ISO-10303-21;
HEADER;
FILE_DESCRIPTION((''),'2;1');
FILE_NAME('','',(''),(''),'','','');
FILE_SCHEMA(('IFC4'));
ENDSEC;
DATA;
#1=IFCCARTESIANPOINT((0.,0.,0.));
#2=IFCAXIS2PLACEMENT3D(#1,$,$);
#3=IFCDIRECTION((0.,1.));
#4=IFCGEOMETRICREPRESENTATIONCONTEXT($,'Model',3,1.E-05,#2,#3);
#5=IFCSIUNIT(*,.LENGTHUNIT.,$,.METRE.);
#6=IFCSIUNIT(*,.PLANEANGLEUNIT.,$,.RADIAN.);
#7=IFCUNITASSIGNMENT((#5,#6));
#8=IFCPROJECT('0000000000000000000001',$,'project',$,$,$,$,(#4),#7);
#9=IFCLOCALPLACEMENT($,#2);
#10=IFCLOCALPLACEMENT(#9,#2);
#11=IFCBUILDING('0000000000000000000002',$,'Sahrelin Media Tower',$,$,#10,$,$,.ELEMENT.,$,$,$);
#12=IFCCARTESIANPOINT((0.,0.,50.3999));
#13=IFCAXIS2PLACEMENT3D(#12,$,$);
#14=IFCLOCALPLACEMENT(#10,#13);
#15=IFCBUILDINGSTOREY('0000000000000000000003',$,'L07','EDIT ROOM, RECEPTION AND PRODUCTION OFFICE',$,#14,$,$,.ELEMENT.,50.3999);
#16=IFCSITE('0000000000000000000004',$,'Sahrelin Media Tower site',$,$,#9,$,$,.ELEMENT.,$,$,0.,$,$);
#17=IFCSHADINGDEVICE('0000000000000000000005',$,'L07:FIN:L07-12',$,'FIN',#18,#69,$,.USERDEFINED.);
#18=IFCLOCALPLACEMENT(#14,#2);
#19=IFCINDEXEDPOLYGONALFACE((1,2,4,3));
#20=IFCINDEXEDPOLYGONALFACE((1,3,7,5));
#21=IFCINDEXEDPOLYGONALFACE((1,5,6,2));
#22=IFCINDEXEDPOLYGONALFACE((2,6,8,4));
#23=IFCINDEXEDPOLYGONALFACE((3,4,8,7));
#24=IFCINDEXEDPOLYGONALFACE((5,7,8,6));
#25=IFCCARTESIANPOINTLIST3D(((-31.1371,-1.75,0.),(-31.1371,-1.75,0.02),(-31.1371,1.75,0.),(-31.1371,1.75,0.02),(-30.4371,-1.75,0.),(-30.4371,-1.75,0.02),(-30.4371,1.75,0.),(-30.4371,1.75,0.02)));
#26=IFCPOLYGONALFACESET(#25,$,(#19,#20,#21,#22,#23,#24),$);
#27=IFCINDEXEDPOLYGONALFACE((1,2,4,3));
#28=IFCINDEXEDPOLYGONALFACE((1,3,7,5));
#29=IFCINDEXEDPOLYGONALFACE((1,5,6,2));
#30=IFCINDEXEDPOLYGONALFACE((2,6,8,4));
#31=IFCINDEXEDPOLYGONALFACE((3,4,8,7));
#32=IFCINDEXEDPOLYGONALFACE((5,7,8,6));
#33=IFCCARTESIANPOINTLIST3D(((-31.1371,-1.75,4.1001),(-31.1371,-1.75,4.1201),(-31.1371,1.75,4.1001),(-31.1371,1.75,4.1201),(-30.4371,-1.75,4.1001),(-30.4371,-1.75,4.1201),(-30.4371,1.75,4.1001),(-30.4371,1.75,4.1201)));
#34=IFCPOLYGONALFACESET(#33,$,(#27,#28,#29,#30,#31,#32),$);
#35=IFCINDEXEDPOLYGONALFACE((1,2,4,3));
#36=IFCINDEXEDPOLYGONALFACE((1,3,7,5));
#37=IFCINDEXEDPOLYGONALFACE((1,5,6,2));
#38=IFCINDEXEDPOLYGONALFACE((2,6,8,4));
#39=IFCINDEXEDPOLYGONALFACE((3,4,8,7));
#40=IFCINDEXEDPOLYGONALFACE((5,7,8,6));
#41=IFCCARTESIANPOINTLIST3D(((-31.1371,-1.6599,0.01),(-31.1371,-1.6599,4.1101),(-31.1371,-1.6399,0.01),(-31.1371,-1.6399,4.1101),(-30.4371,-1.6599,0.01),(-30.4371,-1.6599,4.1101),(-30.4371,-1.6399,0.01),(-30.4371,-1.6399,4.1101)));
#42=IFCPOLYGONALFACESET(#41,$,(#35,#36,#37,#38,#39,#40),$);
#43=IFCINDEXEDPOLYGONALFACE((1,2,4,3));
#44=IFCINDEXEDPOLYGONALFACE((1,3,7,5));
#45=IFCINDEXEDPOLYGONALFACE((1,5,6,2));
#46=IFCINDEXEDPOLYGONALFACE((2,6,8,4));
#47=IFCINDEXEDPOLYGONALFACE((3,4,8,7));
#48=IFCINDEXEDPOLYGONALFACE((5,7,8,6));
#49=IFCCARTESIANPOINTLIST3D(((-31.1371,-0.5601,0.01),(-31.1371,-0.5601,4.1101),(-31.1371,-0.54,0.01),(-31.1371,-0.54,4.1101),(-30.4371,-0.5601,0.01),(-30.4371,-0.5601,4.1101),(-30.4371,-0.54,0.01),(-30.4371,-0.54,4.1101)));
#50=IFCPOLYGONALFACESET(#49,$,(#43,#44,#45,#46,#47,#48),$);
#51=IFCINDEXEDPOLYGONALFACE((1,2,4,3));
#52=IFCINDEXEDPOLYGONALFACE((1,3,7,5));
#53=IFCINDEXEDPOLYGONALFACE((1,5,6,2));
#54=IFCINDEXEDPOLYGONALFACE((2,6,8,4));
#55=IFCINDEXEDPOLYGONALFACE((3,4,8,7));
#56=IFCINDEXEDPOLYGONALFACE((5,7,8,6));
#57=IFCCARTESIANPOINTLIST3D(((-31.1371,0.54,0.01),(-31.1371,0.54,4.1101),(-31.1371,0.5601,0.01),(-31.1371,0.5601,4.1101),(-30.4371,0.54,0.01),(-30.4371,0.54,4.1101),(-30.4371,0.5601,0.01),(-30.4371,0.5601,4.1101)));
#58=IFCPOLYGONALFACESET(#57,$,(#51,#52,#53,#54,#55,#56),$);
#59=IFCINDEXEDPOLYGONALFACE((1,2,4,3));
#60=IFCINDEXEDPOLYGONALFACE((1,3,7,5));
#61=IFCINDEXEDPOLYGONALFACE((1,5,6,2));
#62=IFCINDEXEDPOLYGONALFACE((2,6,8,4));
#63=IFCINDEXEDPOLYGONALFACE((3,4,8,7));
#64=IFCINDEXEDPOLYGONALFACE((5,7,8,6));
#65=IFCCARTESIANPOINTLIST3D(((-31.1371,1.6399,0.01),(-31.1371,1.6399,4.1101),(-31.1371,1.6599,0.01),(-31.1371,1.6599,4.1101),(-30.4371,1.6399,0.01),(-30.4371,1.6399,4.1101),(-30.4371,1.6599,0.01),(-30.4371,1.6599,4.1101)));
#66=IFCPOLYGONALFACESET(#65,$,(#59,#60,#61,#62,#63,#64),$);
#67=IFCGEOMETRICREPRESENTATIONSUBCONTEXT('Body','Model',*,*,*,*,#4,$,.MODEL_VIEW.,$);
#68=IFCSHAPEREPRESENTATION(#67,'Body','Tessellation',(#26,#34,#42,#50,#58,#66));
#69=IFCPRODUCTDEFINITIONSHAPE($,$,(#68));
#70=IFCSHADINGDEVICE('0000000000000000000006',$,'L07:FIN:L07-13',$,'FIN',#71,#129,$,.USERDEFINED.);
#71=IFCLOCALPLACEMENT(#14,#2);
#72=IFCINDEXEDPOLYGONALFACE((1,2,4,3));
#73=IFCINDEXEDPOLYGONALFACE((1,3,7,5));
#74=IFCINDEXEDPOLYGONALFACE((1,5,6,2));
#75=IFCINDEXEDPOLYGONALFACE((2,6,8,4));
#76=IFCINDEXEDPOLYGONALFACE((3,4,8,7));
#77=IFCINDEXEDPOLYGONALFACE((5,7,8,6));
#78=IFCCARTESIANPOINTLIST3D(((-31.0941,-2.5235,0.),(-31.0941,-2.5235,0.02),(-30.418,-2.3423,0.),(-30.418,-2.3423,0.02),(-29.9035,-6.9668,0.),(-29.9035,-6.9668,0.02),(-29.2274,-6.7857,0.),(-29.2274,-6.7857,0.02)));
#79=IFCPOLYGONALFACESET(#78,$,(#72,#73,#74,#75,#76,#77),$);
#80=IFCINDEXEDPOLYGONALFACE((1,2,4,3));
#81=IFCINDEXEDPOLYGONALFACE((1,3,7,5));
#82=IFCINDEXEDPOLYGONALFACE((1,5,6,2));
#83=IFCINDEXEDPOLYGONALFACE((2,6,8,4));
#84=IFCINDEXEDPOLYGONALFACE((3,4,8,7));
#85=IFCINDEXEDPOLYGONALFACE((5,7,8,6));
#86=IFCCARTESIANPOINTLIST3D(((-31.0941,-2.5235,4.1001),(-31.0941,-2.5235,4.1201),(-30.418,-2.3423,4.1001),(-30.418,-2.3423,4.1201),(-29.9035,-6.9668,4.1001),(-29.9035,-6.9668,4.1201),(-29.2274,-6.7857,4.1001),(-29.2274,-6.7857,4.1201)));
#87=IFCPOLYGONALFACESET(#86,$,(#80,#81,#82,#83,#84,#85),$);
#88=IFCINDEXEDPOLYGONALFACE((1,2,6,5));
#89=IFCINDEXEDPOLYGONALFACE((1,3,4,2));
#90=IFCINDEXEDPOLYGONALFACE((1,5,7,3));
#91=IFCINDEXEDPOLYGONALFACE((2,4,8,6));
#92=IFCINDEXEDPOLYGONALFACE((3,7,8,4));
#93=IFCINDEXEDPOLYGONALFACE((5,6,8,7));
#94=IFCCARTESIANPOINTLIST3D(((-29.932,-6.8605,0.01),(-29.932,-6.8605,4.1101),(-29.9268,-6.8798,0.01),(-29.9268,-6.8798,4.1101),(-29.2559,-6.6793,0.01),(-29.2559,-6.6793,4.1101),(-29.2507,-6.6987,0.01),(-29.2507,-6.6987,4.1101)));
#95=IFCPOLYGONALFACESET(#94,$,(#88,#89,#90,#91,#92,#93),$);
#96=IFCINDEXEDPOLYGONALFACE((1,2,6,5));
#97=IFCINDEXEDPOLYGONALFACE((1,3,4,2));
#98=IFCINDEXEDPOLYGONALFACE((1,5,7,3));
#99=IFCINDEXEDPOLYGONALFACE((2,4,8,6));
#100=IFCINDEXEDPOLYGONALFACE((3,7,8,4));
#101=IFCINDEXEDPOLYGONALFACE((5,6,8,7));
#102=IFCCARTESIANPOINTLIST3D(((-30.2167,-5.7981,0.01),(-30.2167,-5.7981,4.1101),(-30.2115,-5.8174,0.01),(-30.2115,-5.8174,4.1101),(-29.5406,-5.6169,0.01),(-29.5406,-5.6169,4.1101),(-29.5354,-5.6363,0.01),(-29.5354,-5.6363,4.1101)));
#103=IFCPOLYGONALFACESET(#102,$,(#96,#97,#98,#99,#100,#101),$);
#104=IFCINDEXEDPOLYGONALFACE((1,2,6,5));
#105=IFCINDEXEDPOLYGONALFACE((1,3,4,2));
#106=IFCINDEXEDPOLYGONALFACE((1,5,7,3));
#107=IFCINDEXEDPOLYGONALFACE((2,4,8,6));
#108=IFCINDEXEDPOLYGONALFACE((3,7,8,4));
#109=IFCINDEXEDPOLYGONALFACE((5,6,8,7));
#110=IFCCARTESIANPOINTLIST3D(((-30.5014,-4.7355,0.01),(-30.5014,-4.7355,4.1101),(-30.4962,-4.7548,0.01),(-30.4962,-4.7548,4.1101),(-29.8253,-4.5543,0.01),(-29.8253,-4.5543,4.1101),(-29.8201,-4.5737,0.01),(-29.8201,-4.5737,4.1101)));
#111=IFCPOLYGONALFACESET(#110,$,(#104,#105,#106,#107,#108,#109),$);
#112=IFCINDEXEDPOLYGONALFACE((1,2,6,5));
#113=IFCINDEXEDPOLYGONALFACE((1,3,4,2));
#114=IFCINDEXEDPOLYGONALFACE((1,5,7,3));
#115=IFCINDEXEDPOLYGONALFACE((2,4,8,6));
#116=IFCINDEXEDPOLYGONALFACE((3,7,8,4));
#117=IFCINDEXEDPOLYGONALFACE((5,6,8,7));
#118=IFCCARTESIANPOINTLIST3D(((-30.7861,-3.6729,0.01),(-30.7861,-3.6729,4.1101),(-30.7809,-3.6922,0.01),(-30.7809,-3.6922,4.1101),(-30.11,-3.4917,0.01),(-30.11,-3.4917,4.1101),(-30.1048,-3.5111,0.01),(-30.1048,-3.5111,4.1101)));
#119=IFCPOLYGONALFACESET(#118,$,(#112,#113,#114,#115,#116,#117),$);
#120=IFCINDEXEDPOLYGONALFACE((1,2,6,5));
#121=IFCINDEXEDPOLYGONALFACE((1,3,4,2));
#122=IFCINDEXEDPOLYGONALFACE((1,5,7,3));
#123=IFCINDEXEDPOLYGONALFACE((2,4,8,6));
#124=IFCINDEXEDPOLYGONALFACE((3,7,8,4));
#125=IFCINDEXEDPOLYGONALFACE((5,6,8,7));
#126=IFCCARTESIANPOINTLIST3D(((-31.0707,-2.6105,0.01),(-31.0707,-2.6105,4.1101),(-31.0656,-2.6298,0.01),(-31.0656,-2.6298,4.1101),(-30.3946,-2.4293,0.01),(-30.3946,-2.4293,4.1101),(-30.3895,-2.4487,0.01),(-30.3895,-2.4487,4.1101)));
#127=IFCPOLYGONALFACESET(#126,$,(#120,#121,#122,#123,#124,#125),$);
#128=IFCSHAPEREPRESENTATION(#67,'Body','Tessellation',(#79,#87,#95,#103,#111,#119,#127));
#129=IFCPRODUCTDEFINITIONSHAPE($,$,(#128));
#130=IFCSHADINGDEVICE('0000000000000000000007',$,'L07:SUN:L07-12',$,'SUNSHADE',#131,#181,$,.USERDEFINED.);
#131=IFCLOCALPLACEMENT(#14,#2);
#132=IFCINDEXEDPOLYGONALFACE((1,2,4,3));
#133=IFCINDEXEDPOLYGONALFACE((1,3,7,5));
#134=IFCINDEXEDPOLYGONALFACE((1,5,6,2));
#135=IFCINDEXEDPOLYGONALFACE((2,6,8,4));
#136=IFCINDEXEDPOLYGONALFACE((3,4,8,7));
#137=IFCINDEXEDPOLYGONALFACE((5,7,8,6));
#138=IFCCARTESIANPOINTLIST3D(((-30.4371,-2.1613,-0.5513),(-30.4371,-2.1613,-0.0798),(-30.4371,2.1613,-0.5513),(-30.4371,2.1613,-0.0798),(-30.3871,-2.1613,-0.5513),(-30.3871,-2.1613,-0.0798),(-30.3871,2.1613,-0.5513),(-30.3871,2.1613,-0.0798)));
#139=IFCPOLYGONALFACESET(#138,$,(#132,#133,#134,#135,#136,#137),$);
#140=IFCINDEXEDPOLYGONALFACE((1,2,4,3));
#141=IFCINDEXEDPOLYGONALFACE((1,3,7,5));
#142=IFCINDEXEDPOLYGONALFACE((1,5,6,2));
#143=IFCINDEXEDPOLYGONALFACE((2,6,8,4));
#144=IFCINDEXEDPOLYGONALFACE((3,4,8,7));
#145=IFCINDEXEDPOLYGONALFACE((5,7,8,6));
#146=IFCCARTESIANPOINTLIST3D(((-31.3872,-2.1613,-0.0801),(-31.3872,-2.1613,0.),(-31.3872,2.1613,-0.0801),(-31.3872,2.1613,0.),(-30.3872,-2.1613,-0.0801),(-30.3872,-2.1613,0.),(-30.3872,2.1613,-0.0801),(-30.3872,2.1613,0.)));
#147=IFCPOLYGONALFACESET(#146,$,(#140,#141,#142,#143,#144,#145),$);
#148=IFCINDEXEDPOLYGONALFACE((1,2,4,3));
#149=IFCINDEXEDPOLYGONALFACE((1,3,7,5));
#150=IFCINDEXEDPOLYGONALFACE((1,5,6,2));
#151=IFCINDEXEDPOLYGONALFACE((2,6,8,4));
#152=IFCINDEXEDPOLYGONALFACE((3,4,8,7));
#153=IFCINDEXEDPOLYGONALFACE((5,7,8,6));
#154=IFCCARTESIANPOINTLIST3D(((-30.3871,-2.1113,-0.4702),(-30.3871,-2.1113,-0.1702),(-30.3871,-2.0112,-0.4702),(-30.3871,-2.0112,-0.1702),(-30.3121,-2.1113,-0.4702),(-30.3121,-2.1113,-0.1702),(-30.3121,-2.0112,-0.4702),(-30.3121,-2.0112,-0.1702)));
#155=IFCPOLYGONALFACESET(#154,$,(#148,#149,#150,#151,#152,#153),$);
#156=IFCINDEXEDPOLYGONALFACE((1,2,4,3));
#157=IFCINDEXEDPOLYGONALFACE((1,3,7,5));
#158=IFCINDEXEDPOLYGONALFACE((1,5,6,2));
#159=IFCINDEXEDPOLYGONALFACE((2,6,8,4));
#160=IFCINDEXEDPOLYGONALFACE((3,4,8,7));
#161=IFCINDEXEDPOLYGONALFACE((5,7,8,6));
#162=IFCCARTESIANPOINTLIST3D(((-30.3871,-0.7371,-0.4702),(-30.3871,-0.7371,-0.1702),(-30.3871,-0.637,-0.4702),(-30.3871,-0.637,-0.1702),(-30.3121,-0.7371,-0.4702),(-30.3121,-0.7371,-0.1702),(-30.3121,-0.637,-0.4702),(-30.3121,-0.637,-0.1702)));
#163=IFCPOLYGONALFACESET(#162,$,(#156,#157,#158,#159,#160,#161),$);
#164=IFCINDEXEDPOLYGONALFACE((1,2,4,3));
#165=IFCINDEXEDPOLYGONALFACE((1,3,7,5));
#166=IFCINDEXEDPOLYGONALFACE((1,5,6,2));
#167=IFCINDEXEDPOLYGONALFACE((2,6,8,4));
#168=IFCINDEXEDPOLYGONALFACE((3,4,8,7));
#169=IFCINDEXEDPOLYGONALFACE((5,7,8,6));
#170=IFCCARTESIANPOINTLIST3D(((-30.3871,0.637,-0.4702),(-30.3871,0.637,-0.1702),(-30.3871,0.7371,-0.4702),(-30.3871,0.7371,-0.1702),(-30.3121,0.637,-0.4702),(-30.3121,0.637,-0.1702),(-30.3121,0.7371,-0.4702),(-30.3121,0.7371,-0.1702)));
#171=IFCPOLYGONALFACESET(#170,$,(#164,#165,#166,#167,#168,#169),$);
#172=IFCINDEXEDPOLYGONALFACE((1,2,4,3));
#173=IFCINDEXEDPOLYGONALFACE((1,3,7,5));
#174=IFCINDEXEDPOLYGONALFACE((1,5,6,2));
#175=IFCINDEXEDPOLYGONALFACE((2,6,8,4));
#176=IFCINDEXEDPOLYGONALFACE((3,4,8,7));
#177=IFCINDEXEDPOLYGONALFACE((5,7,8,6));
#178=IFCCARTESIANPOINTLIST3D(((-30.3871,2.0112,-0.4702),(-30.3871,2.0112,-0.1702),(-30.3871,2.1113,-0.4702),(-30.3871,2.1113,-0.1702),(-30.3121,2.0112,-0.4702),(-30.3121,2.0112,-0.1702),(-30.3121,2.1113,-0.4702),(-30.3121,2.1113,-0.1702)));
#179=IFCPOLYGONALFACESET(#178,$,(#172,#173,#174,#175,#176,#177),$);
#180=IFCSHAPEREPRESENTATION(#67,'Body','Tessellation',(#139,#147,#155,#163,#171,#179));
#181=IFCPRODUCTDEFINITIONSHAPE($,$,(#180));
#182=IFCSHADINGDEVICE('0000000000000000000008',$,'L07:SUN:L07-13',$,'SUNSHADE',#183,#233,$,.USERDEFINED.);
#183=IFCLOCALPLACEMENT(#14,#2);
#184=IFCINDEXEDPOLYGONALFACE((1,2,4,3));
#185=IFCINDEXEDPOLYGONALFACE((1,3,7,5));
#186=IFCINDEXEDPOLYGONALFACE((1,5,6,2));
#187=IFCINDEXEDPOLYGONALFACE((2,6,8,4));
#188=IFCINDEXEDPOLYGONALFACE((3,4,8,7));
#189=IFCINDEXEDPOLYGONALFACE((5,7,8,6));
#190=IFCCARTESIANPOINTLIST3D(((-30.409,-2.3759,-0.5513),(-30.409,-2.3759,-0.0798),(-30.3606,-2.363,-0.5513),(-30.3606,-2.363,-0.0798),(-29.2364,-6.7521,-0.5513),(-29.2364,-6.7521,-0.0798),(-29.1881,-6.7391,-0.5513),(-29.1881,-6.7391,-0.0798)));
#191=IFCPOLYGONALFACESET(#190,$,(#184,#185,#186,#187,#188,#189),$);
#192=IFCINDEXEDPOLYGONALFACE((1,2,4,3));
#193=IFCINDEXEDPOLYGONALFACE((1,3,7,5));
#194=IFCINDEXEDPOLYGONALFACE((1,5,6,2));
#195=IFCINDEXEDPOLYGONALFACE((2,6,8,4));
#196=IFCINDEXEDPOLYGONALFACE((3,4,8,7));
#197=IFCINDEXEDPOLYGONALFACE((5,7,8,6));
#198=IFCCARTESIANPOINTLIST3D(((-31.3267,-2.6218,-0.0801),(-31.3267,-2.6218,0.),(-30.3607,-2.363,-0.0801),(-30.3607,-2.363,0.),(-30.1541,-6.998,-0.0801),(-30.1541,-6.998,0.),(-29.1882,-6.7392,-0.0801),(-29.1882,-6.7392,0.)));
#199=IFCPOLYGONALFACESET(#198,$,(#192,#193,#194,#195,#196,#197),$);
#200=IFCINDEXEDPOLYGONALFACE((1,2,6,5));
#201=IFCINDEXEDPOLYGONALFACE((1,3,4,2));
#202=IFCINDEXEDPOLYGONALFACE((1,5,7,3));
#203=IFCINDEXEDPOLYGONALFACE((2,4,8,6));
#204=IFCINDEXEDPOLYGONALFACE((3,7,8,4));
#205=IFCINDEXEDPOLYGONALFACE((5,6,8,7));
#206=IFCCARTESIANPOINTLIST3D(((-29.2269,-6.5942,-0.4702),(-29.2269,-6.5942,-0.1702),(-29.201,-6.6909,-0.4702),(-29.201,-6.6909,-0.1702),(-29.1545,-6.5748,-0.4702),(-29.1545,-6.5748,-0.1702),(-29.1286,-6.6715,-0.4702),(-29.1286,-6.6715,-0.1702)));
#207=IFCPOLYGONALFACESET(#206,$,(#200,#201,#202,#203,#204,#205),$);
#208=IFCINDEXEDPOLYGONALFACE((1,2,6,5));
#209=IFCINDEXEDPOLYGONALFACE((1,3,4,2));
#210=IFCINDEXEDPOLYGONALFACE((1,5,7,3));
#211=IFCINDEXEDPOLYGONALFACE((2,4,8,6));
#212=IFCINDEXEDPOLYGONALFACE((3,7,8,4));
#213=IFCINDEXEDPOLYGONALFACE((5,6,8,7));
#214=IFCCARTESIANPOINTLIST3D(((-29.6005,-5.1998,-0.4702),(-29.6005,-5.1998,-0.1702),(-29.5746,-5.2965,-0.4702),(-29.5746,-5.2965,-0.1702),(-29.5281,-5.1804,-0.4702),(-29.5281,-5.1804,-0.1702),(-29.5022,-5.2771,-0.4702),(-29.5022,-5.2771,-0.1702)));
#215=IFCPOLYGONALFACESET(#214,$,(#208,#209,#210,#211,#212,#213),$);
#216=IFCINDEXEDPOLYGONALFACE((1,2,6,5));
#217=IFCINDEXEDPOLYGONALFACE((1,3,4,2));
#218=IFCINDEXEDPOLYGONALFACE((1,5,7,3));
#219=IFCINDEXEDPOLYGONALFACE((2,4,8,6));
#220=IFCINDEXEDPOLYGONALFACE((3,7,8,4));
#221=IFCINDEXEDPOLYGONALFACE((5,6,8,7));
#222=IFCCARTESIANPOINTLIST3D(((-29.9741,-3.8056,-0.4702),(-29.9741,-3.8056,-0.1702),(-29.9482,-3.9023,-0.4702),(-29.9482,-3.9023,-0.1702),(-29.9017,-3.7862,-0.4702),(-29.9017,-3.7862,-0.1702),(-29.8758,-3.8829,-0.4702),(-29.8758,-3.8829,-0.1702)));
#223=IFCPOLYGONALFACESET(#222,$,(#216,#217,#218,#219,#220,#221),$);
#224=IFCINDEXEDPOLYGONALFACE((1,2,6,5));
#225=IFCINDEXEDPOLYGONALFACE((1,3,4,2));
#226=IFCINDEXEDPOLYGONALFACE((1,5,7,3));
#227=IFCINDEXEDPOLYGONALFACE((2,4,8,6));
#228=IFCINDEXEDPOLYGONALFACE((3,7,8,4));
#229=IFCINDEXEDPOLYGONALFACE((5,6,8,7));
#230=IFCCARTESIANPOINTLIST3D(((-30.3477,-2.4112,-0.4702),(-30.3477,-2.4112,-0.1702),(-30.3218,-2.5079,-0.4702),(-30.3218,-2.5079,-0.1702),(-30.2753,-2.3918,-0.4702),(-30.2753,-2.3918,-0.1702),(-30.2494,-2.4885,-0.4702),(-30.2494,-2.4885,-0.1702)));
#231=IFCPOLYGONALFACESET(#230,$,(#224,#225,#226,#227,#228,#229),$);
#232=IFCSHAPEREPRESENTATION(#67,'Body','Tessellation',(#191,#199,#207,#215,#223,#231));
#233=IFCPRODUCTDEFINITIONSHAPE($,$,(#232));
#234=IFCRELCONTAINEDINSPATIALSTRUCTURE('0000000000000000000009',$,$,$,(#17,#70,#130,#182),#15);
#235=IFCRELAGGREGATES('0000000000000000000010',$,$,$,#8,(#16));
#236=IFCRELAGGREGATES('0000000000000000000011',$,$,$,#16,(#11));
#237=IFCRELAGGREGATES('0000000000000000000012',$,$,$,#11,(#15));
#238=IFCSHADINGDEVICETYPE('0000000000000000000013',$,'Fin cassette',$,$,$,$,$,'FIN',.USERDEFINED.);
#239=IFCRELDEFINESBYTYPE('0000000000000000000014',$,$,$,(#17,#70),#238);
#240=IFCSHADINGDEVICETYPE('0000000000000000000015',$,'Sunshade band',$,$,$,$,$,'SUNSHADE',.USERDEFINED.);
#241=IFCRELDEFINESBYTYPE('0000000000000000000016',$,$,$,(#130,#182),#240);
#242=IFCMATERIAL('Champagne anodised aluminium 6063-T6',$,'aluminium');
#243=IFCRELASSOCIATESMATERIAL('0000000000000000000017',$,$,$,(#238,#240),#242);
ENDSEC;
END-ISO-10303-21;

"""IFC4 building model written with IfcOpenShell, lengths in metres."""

from ifc_helpers import new_model, si_unit, direction, frame, origin, origin_2d, place, context, subcontext, project, spatial, rectangle, extrude, material, type_object, element, save


model = new_model("IFC4")

# Units and contexts
model_context = context("Model", 3, precision=1e-05, world=origin(), true_north=direction((0.0, 1.0)))
body_context = subcontext(model_context, "Body", "Model", "MODEL_VIEW")
ifc_project = project(units=[si_unit("LENGTHUNIT", "METRE"), si_unit("PLANEANGLEUNIT", "RADIAN")], contexts=[model_context])

# Site, building, storey
site_placement = place(None, origin())
site = spatial("IfcSite", under=ifc_project, at=site_placement, Name="Sahrelin Media Tower site", CompositionType="ELEMENT", RefElevation=0.0)
building_placement = place(site_placement, origin())
building = spatial("IfcBuilding", under=site, at=building_placement, Name="Sahrelin Media Tower", CompositionType="ELEMENT")
storey_placement = place(building_placement, frame((0.0, 0.0, 50.3999)))
storey = spatial("IfcBuildingStorey", under=building, at=storey_placement, Name="L07", Description="EDIT ROOM, RECEPTION AND PRODUCTION OFFICE", CompositionType="ELEMENT", Elevation=50.3999)

# Shared definitions
ifc_material_1 = material(Name="Champagne anodised aluminium 6063-T6", Category="aluminium")

# Shading devices
shading_device_type_1 = type_object("IfcShadingDeviceType", Name="Fin cassette", ElementType="FIN", PredefinedType="USERDEFINED", material=ifc_material_1)
placement_1 = place(storey_placement, frame((-30.3672, 0.0, 0.0), z_axis=(0.0, 0.0, 1.0), x_axis=(0.0, 1.0, 0.0)))
element("IfcShadingDevice", 1, at=placement_1, inside=storey, type_object=shading_device_type_1, Name="L07:FIN:L07-12", ObjectType="FIN", PredefinedType="USERDEFINED", context=body_context, shape_type="SweptSolid", body=[
    extrude(rectangle(XDim=3.5, YDim=0.7, at=origin_2d()), frame((0.0, 0.4199, 0.0)), (0.0, 0.0, 1.0), 0.02),
    extrude(rectangle(XDim=3.5, YDim=0.7, at=origin_2d()), frame((0.0, 0.4199, 4.1001)), (0.0, 0.0, 1.0), 0.02),
    extrude(rectangle(XDim=0.02, YDim=0.7, at=origin_2d()), frame((-1.6499, 0.4199, 0.01), z_axis=(0.0, 0.0, 1.0), x_axis=(1.0, 0.0, 0.0)), (0.0, 0.0, 1.0), 4.1001),
    extrude(rectangle(XDim=0.02, YDim=0.7, at=origin_2d()), frame((-0.55, 0.4199, 0.01), z_axis=(0.0, 0.0, 1.0), x_axis=(1.0, 0.0, 0.0)), (0.0, 0.0, 1.0), 4.1001),
    extrude(rectangle(XDim=0.02, YDim=0.7, at=origin_2d()), frame((0.55, 0.4199, 0.01), z_axis=(0.0, 0.0, 1.0), x_axis=(1.0, 0.0, 0.0)), (0.0, 0.0, 1.0), 4.1001),
    extrude(rectangle(XDim=0.02, YDim=0.7, at=origin_2d()), frame((1.6499, 0.4199, 0.01), z_axis=(0.0, 0.0, 1.0), x_axis=(1.0, 0.0, 0.0)), (0.0, 0.0, 1.0), 4.1001),
])
placement_2 = place(storey_placement, frame((-29.7551, -4.5459, 0.0), z_axis=(0.0, 0.0, 1.0), x_axis=(-0.258808, 0.965929, 0.0)))
element("IfcShadingDevice", 2, at=placement_2, inside=storey, type_object=shading_device_type_1, Name="L07:FIN:L07-13", ObjectType="FIN", PredefinedType="USERDEFINED", context=body_context, shape_type="SweptSolid", body=[
    extrude(rectangle(XDim=4.6001, YDim=0.7, at=origin_2d()), frame((0.0, 0.4199, 0.0)), (0.0, 0.0, 1.0), 0.02),
    extrude(rectangle(XDim=4.6001, YDim=0.7, at=origin_2d()), frame((0.0, 0.4199, 4.1001)), (0.0, 0.0, 1.0), 0.02),
    extrude(rectangle(XDim=0.02, YDim=0.7, at=origin_2d()), frame((-2.2, 0.4199, 0.01), z_axis=(0.0, 0.0, 1.0), x_axis=(1.0, 0.0, 0.0)), (0.0, 0.0, 1.0), 4.1001),
    extrude(rectangle(XDim=0.02, YDim=0.7, at=origin_2d()), frame((-1.1001, 0.4199, 0.01), z_axis=(0.0, 0.0, 1.0), x_axis=(1.0, 0.0, 0.0)), (0.0, 0.0, 1.0), 4.1001),
    extrude(rectangle(XDim=0.02, YDim=0.7, at=origin_2d()), frame((0.0, 0.4199, 0.01), z_axis=(0.0, 0.0, 1.0), x_axis=(1.0, 0.0, 0.0)), (0.0, 0.0, 1.0), 4.1001),
    extrude(rectangle(XDim=0.02, YDim=0.7, at=origin_2d()), frame((1.1001, 0.4199, 0.01), z_axis=(0.0, 0.0, 1.0), x_axis=(1.0, 0.0, 0.0)), (0.0, 0.0, 1.0), 4.1001),
    extrude(rectangle(XDim=0.02, YDim=0.7, at=origin_2d()), frame((2.2, 0.4199, 0.01), z_axis=(0.0, 0.0, 1.0), x_axis=(1.0, 0.0, 0.0)), (0.0, 0.0, 1.0), 4.1001),
])
shading_device_type_2 = type_object("IfcShadingDeviceType", Name="Sunshade band", ElementType="SUNSHADE", PredefinedType="USERDEFINED", material=ifc_material_1)
element("IfcShadingDevice", 3, at=placement_1, inside=storey, type_object=shading_device_type_2, Name="L07:SUN:L07-12", ObjectType="SUNSHADE", PredefinedType="USERDEFINED", context=body_context, shape_type="SweptSolid", body=[
    extrude(rectangle(XDim=4.3225, YDim=0.05, at=origin_2d()), frame((0.0, 0.0449, -0.5513)), (0.0, 0.0, 1.0), 0.4714),
    extrude(rectangle(XDim=4.3225, YDim=1.0, at=origin_2d()), frame((0.0, 0.52, -0.0801)), (0.0, 0.0, 1.0), 0.0801),
    extrude(rectangle(XDim=0.1001, YDim=0.075, at=origin_2d()), frame((-2.0613, -0.0176, -0.4702)), (0.0, 0.0, 1.0), 0.3),
    extrude(rectangle(XDim=0.1001, YDim=0.075, at=origin_2d()), frame((-0.687, -0.0176, -0.4702)), (0.0, 0.0, 1.0), 0.3),
    extrude(rectangle(XDim=0.1001, YDim=0.075, at=origin_2d()), frame((0.687, -0.0176, -0.4702)), (0.0, 0.0, 1.0), 0.3),
    extrude(rectangle(XDim=0.1001, YDim=0.075, at=origin_2d()), frame((2.0613, -0.0176, -0.4702)), (0.0, 0.0, 1.0), 0.3),
])
element("IfcShadingDevice", 4, at=placement_2, inside=storey, type_object=shading_device_type_2, Name="L07:SUN:L07-13", ObjectType="SUNSHADE", PredefinedType="USERDEFINED", context=body_context, shape_type="SweptSolid", body=[
    extrude(rectangle(XDim=4.5305, YDim=0.05, at=origin_2d()), frame((0.0, 0.0449, -0.5513)), (0.0, 0.0, 1.0), 0.4714),
    extrude(rectangle(XDim=4.5305, YDim=1.0, at=origin_2d()), frame((0.0, 0.52, -0.0801)), (0.0, 0.0, 1.0), 0.0801),
    extrude(rectangle(XDim=0.1001, YDim=0.075, at=origin_2d()), frame((-2.1653, -0.0176, -0.4702)), (0.0, 0.0, 1.0), 0.3),
    extrude(rectangle(XDim=0.1001, YDim=0.075, at=origin_2d()), frame((-0.7217, -0.0176, -0.4702)), (0.0, 0.0, 1.0), 0.3),
    extrude(rectangle(XDim=0.1001, YDim=0.075, at=origin_2d()), frame((0.7217, -0.0176, -0.4702)), (0.0, 0.0, 1.0), 0.3),
    extrude(rectangle(XDim=0.1001, YDim=0.075, at=origin_2d()), frame((2.1653, -0.0176, -0.4702)), (0.0, 0.0, 1.0), 0.3),
])

save(model, "model.ifc")
